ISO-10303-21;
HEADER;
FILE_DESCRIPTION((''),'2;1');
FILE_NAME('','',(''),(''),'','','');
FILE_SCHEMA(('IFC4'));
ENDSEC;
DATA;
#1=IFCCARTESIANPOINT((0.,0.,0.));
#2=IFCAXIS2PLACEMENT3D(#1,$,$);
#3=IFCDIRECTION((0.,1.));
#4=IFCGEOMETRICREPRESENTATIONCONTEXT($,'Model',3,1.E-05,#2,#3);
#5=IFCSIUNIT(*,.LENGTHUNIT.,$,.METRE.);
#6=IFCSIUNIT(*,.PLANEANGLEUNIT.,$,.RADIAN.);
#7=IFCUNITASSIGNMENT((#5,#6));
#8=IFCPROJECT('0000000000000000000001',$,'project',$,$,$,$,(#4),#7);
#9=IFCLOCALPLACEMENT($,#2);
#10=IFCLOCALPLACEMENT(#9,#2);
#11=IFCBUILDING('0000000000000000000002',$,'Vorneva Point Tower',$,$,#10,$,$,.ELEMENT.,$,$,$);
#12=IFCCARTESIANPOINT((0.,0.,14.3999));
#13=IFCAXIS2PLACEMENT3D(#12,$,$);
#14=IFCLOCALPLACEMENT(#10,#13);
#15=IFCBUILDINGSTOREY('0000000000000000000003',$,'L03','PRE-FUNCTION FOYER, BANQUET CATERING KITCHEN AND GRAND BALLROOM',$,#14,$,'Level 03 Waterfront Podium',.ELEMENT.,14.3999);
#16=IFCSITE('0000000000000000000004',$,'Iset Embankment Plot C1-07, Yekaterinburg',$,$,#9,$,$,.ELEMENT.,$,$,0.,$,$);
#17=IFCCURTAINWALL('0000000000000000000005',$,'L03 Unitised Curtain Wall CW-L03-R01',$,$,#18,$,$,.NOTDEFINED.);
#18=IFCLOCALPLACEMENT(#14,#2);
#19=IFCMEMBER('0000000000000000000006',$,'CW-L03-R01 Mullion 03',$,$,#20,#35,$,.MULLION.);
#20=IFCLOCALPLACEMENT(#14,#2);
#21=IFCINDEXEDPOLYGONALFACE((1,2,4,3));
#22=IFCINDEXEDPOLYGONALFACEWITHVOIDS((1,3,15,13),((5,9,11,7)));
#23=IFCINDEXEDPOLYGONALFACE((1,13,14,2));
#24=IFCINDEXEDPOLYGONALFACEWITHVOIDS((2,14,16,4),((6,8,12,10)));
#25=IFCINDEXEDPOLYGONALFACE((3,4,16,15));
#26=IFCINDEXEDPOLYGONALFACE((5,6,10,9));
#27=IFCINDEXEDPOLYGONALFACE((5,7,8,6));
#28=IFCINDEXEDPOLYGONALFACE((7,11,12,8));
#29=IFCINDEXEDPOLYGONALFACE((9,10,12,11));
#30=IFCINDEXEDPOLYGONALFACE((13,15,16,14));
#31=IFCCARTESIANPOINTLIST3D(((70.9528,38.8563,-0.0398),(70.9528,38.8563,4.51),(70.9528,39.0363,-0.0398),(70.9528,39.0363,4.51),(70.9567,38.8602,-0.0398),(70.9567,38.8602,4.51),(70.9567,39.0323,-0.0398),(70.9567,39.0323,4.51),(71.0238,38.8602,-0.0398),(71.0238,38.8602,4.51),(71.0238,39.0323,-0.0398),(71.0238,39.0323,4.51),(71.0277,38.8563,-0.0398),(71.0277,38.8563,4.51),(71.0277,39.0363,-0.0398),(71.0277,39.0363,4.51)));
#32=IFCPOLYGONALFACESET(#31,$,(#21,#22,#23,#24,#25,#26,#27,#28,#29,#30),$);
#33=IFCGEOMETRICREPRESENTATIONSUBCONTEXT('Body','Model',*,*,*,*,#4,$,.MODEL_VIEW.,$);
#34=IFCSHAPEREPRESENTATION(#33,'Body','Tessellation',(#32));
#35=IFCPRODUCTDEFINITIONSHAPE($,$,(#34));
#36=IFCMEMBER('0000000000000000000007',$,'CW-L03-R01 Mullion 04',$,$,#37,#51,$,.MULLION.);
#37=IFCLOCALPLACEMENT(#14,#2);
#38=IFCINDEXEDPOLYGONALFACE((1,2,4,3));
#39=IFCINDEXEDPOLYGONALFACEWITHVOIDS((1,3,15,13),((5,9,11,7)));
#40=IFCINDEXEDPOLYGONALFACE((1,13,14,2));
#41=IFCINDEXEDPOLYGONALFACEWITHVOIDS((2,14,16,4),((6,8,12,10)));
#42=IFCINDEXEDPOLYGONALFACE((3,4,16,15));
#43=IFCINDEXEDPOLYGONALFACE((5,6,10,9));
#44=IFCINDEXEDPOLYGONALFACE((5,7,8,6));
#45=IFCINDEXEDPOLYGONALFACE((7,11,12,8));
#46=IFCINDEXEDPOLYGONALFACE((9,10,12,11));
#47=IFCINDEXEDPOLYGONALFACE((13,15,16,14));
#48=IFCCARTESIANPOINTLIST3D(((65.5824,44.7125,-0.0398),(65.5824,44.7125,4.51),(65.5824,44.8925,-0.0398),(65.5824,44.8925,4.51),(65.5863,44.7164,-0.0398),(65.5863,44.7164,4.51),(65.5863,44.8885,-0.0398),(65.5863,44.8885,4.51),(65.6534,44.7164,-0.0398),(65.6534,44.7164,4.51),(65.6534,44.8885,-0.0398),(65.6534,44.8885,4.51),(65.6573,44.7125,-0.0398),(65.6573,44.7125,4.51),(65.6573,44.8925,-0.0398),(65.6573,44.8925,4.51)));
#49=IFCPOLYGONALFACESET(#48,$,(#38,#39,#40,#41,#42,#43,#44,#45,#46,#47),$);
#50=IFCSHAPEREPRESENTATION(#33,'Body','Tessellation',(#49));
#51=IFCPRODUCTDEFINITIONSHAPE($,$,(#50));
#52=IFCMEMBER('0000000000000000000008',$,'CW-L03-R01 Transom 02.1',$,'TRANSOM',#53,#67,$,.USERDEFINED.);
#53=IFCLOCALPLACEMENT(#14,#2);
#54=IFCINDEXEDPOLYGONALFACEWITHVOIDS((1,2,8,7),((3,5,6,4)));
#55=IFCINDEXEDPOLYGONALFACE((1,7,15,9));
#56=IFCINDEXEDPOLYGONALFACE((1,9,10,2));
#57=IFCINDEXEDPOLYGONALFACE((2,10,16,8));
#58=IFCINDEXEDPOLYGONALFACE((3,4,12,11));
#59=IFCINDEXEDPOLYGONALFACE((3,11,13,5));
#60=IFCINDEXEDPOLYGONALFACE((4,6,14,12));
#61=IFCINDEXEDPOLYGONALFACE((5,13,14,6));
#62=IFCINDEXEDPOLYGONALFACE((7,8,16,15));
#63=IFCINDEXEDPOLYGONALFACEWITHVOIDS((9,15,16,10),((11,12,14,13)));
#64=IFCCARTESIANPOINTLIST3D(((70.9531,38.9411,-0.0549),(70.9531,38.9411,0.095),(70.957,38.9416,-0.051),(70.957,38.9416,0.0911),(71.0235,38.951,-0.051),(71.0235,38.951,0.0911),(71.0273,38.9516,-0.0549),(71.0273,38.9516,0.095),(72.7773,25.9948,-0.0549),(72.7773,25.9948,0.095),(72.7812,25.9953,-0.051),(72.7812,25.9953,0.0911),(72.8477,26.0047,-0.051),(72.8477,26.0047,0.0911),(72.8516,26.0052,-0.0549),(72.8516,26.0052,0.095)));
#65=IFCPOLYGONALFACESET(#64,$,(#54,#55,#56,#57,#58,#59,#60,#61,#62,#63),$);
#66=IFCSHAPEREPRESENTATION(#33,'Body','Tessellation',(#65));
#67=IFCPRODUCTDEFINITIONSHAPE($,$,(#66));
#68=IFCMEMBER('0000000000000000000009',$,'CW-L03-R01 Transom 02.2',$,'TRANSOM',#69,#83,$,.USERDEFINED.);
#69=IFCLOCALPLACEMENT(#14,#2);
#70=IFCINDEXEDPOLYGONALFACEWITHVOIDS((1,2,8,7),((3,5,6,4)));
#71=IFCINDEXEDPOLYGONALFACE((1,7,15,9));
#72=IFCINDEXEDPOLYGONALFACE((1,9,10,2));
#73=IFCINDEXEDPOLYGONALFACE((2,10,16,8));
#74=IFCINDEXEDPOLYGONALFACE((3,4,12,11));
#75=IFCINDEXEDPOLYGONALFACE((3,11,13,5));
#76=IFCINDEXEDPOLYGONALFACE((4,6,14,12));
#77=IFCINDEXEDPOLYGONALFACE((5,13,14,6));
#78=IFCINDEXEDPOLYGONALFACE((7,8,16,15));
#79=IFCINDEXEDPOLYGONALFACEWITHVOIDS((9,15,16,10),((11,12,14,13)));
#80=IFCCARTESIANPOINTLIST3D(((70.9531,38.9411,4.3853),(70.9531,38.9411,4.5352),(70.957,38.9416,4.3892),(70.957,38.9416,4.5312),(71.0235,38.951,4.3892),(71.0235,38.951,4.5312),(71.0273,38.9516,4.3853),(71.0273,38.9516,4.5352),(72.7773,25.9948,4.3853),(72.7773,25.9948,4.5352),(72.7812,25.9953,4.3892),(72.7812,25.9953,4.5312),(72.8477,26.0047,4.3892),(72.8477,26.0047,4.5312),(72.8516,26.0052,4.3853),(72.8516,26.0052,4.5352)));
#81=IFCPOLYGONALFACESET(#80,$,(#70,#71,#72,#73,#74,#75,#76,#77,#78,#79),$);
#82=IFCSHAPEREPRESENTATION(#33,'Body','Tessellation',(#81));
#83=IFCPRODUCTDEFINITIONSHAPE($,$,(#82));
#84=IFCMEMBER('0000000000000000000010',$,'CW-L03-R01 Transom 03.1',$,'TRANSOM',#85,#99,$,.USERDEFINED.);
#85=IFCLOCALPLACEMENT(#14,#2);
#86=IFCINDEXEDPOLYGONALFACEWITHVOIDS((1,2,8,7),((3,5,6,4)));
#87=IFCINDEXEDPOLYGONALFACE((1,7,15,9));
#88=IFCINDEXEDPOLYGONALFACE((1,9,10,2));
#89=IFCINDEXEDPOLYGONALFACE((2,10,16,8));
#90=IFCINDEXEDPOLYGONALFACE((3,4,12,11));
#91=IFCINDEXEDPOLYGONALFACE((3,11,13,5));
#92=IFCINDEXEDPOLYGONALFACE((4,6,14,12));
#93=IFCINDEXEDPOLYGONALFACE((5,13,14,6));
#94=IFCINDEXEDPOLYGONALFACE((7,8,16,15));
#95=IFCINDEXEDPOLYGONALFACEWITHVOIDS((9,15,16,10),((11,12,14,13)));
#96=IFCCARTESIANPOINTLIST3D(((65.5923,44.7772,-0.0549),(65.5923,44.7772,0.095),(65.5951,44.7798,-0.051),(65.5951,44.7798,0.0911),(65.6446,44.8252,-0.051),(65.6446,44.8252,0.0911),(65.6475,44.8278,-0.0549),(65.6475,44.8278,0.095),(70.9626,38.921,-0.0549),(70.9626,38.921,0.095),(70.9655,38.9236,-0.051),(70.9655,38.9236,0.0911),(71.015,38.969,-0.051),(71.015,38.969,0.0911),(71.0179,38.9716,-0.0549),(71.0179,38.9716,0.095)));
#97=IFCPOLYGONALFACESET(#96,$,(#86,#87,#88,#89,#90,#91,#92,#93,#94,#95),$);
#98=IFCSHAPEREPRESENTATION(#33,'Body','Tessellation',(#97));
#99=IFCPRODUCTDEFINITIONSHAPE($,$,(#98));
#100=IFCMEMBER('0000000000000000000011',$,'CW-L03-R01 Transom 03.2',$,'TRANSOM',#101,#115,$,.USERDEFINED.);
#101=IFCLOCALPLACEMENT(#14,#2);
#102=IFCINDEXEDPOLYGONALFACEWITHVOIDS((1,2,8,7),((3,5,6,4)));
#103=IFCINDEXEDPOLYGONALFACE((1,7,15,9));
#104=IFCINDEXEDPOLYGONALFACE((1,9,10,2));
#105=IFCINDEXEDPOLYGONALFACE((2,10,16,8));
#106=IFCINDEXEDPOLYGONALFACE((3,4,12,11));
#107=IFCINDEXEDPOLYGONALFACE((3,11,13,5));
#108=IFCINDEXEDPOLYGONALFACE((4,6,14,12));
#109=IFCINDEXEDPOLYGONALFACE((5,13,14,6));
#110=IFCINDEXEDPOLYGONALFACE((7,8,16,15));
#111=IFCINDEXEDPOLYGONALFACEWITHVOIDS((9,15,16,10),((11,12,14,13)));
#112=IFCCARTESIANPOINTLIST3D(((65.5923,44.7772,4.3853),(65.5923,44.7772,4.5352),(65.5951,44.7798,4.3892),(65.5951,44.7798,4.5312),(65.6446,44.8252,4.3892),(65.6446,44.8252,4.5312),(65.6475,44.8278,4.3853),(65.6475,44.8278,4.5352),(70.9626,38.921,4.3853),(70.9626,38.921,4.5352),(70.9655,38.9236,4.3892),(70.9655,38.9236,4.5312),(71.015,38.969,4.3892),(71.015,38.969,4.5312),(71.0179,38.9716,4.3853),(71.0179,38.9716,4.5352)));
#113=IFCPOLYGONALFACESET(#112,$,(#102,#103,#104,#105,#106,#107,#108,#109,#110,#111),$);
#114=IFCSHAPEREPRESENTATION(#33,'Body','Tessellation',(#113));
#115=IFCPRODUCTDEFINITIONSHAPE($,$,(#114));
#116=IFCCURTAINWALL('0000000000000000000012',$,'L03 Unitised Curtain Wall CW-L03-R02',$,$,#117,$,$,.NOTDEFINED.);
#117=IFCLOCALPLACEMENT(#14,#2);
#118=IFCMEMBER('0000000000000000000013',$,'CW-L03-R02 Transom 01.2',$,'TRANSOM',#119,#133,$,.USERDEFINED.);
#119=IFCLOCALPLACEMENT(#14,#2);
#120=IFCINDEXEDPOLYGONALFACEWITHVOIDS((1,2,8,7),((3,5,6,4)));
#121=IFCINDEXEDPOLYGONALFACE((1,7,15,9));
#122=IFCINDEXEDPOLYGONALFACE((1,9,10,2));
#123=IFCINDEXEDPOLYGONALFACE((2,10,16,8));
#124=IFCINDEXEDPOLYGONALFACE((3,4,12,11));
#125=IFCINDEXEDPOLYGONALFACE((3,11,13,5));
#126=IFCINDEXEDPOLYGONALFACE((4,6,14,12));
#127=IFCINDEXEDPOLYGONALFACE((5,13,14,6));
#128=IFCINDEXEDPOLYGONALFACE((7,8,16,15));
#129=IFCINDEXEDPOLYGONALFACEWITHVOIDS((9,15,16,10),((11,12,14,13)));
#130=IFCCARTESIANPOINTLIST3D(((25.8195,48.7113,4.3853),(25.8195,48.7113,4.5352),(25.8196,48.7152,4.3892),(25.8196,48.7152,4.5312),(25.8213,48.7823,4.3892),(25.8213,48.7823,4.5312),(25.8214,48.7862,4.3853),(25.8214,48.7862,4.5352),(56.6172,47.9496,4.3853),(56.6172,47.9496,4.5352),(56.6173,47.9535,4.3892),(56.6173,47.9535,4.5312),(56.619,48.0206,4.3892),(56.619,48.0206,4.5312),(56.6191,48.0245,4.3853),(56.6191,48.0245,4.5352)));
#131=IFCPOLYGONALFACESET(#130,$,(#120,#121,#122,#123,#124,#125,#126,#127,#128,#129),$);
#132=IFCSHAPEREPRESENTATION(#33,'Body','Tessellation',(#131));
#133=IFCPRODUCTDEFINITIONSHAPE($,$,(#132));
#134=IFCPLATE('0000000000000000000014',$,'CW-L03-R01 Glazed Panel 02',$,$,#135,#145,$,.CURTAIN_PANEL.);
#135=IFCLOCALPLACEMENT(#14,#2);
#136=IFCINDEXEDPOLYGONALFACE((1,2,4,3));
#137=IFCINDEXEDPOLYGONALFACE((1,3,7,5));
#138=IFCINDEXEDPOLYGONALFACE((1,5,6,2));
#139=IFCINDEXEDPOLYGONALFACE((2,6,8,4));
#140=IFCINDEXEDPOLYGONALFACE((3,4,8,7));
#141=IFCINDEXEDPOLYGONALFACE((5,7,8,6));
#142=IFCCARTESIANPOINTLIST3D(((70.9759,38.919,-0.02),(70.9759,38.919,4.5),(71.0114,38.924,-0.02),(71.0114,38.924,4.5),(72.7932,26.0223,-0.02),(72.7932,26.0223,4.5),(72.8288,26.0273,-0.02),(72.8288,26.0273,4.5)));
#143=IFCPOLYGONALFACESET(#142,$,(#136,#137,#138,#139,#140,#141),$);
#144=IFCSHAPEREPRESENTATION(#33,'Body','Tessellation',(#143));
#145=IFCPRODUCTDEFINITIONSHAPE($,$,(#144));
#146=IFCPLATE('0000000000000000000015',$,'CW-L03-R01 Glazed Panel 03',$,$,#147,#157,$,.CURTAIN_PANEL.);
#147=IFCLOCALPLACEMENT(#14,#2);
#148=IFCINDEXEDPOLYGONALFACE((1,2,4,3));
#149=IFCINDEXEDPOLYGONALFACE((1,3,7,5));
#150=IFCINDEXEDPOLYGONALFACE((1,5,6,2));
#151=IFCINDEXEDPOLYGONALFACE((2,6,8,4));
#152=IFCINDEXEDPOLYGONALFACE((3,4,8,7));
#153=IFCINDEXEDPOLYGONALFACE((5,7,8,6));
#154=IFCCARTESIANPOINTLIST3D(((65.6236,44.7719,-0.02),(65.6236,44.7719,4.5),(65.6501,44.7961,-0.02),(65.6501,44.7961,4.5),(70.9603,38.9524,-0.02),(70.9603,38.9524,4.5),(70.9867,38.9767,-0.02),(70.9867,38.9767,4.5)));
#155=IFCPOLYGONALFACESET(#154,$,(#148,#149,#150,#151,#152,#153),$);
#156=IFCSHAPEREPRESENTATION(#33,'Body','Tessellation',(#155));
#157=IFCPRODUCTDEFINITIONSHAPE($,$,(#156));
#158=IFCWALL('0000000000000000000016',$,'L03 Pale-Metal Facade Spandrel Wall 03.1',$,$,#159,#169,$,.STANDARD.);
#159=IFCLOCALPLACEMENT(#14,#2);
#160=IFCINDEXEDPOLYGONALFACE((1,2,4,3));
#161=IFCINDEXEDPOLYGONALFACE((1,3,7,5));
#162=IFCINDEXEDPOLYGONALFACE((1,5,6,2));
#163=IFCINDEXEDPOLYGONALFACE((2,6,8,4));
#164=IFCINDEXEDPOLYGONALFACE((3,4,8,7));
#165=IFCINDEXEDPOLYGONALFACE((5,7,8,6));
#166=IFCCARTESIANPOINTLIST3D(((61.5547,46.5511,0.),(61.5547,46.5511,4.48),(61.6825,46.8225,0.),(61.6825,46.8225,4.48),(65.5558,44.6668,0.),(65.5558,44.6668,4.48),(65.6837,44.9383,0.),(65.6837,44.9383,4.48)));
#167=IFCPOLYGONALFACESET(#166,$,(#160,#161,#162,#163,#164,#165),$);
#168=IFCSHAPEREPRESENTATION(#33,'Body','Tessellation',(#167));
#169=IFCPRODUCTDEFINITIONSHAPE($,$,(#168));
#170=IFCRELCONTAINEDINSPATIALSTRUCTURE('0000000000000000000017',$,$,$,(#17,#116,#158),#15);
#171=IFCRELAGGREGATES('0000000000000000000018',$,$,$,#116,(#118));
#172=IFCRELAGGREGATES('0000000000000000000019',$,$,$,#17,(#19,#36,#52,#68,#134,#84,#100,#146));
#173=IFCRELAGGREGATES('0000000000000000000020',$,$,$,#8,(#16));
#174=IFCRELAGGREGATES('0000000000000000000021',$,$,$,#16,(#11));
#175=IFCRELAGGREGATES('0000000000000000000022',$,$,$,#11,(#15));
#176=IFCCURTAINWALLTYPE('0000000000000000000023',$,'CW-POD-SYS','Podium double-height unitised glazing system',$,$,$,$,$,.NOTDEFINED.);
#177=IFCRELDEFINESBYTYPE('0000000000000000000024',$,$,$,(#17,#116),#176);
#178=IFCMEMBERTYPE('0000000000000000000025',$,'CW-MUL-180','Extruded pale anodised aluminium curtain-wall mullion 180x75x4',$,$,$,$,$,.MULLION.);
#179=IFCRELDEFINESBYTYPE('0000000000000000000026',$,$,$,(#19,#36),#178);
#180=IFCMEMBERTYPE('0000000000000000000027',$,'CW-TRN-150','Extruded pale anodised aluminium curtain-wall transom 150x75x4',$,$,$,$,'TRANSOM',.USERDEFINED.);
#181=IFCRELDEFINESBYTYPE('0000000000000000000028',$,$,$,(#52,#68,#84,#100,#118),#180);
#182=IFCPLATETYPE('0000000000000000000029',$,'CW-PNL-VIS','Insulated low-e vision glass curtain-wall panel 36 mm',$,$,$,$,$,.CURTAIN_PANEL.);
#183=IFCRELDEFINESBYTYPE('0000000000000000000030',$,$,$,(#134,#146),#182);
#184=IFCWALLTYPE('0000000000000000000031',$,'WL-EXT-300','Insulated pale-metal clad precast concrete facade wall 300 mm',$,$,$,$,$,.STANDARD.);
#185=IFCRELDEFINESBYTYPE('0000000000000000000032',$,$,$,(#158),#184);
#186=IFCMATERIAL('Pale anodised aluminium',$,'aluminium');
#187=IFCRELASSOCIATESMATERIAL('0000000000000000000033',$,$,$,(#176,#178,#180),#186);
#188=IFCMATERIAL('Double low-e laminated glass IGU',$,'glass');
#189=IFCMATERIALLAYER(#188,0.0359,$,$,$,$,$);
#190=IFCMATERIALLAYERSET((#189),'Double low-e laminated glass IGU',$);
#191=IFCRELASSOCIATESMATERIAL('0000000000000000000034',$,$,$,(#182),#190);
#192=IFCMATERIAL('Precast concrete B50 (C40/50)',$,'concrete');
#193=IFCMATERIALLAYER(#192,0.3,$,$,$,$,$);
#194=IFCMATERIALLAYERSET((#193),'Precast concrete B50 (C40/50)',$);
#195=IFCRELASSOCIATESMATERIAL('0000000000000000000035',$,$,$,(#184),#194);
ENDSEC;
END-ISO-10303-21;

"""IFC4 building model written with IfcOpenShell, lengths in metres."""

from ifc_helpers import new_model, si_unit, direction, frame, frame_2d, origin, origin_2d, place, context, subcontext, project, spatial, rectangle, hollow_rectangle, extrude, material, layer, layer_set, material_profile, profile_set, type_object, element, aggregate, save


model = new_model("IFC4")

# Units and contexts
model_context = context("Model", 3, precision=1e-05, world=origin(), true_north=direction((0.0, 1.0)))
body_context = subcontext(model_context, "Body", "Model", "MODEL_VIEW")
ifc_project = project(units=[si_unit("LENGTHUNIT", "METRE"), si_unit("PLANEANGLEUNIT", "RADIAN")], contexts=[model_context])

# Site, building, storey
site_placement = place(None, origin())
site = spatial("IfcSite", under=ifc_project, at=site_placement, Name="Iset Embankment Plot C1-07, Yekaterinburg", CompositionType="ELEMENT", RefElevation=0.0)
building_placement = place(site_placement, origin())
building = spatial("IfcBuilding", under=site, at=building_placement, Name="Vorneva Point Tower", CompositionType="ELEMENT")
storey_placement = place(building_placement, frame((0.0, 0.0, 14.3999)))
storey = spatial("IfcBuildingStorey", under=building, at=storey_placement, Name="L03", Description="PRE-FUNCTION FOYER, BANQUET CATERING KITCHEN AND GRAND BALLROOM", LongName="Level 03 Waterfront Podium", CompositionType="ELEMENT", Elevation=14.3999)

# Curtain wall, members
ifc_material_1 = material(Name="Pale anodised aluminium", Category="aluminium")
curtain_wall_type = type_object("IfcCurtainWallType", Name="CW-POD-SYS", Description="Podium double-height unitised glazing system", PredefinedType="NOTDEFINED", material=ifc_material_1)
curtain_wall_1_placement = place(storey_placement, origin())
curtain_wall_1 = element("IfcCurtainWall", 1, at=curtain_wall_1_placement, inside=storey, type_object=curtain_wall_type, Name="L03 Unitised Curtain Wall CW-L03-R01", PredefinedType="NOTDEFINED")
ifc_material_profile_1 = material_profile(ifc_material_1, hollow_rectangle(XDim=0.075, YDim=0.1799, WallThickness=0.0039, at=origin_2d()), Name="AL-MUL 180x75x4")
ifc_profile_set_1 = profile_set([ifc_material_profile_1], Name="Pale anodised aluminium")
member_type_1 = type_object("IfcMemberType", Name="CW-MUL-180", Description="Extruded pale anodised aluminium curtain-wall mullion 180x75x4", PredefinedType="MULLION", material=ifc_profile_set_1)
member_1_placement = place(storey_placement, frame((70.9902, 38.9463, -0.0398), z_axis=(0.0, 0.0, 1.0), x_axis=(1.0, 0.0, 0.0)))
member_1 = element("IfcMember", 2, at=member_1_placement, type_object=member_type_1, Name="CW-L03-R01 Mullion 03", PredefinedType="MULLION", context=body_context, shape_type="SweptSolid", body=[
    extrude(hollow_rectangle(XDim=0.075, YDim=0.1799, WallThickness=0.0039, at=origin_2d()), origin(), (0.0, 0.0, 1.0), 4.5498),
])
member_2_placement = place(storey_placement, frame((65.6199, 44.8025, -0.0398), z_axis=(0.0, 0.0, 1.0), x_axis=(1.0, 0.0, 0.0)))
member_2 = element("IfcMember", 3, at=member_2_placement, type_object=member_type_1, Name="CW-L03-R01 Mullion 04", PredefinedType="MULLION", context=body_context, shape_type="SweptSolid", body=[
    extrude(hollow_rectangle(XDim=0.075, YDim=0.1799, WallThickness=0.0039, at=origin_2d()), origin(), (0.0, 0.0, 1.0), 4.5498),
])
ifc_material_profile_2 = material_profile(ifc_material_1, hollow_rectangle(XDim=0.075, YDim=0.1499, WallThickness=0.0039, at=origin_2d()), Name="AL-TRN 150x75x4")
ifc_profile_set_2 = profile_set([ifc_material_profile_2], Name="Pale anodised aluminium")
member_type_2 = type_object("IfcMemberType", Name="CW-TRN-150", Description="Extruded pale anodised aluminium curtain-wall transom 150x75x4", ElementType="TRANSOM", PredefinedType="USERDEFINED", material=ifc_profile_set_2)
member_3_placement = place(storey_placement, frame((72.8145, 26.0, 0.02), z_axis=(-0.139528, 0.990218, 0.0), x_axis=(-0.990218, -0.139528, 0.0)))
member_3 = element("IfcMember", 4, at=member_3_placement, type_object=member_type_2, Name="CW-L03-R01 Transom 02.1", ObjectType="TRANSOM", PredefinedType="USERDEFINED", context=body_context, shape_type="SweptSolid", body=[
    extrude(hollow_rectangle(XDim=0.075, YDim=0.1499, WallThickness=0.0039, at=origin_2d()), origin(), (0.0, 0.0, 1.0), 13.0742),
])
member_4_placement = place(storey_placement, frame((72.8145, 26.0, 4.4602), z_axis=(-0.139528, 0.990218, 0.0), x_axis=(-0.990218, -0.139528, 0.0)))
member_4 = element("IfcMember", 5, at=member_4_placement, type_object=member_type_2, Name="CW-L03-R01 Transom 02.2", ObjectType="TRANSOM", PredefinedType="USERDEFINED", context=body_context, shape_type="SweptSolid", body=[
    extrude(hollow_rectangle(XDim=0.075, YDim=0.1499, WallThickness=0.0039, at=origin_2d()), origin(), (0.0, 0.0, 1.0), 13.0742),
])
member_5_placement = place(storey_placement, frame((70.9902, 38.9463, 0.02), z_axis=(-0.675873, 0.737018, 0.0), x_axis=(-0.737018, -0.675873, 0.0)))
member_5 = element("IfcMember", 6, at=member_5_placement, type_object=member_type_2, Name="CW-L03-R01 Transom 03.1", ObjectType="TRANSOM", PredefinedType="USERDEFINED", context=body_context, shape_type="SweptSolid", body=[
    extrude(hollow_rectangle(XDim=0.075, YDim=0.1499, WallThickness=0.0039, at=origin_2d()), origin(), (0.0, 0.0, 1.0), 7.9458),
])
member_6_placement = place(storey_placement, frame((70.9902, 38.9463, 4.4602), z_axis=(-0.675873, 0.737018, 0.0), x_axis=(-0.737018, -0.675873, 0.0)))
member_6 = element("IfcMember", 7, at=member_6_placement, type_object=member_type_2, Name="CW-L03-R01 Transom 03.2", ObjectType="TRANSOM", PredefinedType="USERDEFINED", context=body_context, shape_type="SweptSolid", body=[
    extrude(hollow_rectangle(XDim=0.075, YDim=0.1499, WallThickness=0.0039, at=origin_2d()), origin(), (0.0, 0.0, 1.0), 7.9458),
])

# Curtain wall, member
curtain_wall_2_placement = place(storey_placement, origin())
curtain_wall_2 = element("IfcCurtainWall", 8, at=curtain_wall_2_placement, inside=storey, type_object=curtain_wall_type, Name="L03 Unitised Curtain Wall CW-L03-R02", PredefinedType="NOTDEFINED")
member_7_placement = place(storey_placement, frame((56.6182, 47.9871, 4.4602), z_axis=(-0.999694, 0.024725, 0.0), x_axis=(-0.024725, -0.999694, 0.0)))
member_7 = element("IfcMember", 9, at=member_7_placement, type_object=member_type_2, Name="CW-L03-R02 Transom 01.2", ObjectType="TRANSOM", PredefinedType="USERDEFINED", context=body_context, shape_type="SweptSolid", body=[
    extrude(hollow_rectangle(XDim=0.075, YDim=0.1499, WallThickness=0.0039, at=origin_2d()), origin(), (0.0, 0.0, 1.0), 30.8071),
])
aggregate(curtain_wall_2, [member_7])

# Plates
ifc_material_2 = material(Name="Double low-e laminated glass IGU", Category="glass")
ifc_layer_1 = layer(ifc_material_2, 0.0359)
ifc_layer_set_1 = layer_set([ifc_layer_1], Name="Double low-e laminated glass IGU")
plate_type = type_object("IfcPlateType", Name="CW-PNL-VIS", Description="Insulated low-e vision glass curtain-wall panel 36 mm", PredefinedType="CURTAIN_PANEL", material=ifc_layer_set_1)
plate_1_placement = place(storey_placement, frame((71.9023, 32.4731, -0.02), z_axis=(0.0, 0.0, 1.0), x_axis=(-0.139536, 0.990217, 0.0)))
plate_1 = element("IfcPlate", 10, at=plate_1_placement, type_object=plate_type, Name="CW-L03-R01 Glazed Panel 02", PredefinedType="CURTAIN_PANEL", context=body_context, shape_type="SweptSolid", body=[
    extrude(rectangle(XDim=13.0242, YDim=0.0359, at=origin_2d()), origin(), (0.0, 0.0, 1.0), 4.52),
])
plate_2_placement = place(storey_placement, frame((68.3052, 41.8743, -0.02), z_axis=(0.0, 0.0, 1.0), x_axis=(-0.675873, 0.737018, 0.0)))
plate_2 = element("IfcPlate", 11, at=plate_2_placement, type_object=plate_type, Name="CW-L03-R01 Glazed Panel 03", PredefinedType="CURTAIN_PANEL", context=body_context, shape_type="SweptSolid", body=[
    extrude(rectangle(XDim=7.896, YDim=0.0359, at=origin_2d()), origin(), (0.0, 0.0, 1.0), 4.52),
])
aggregate(curtain_wall_1, [member_1, member_2, member_3, member_4, plate_1, member_5, member_6, plate_2])

# Wall
ifc_material_3 = material(Name="Precast concrete B50 (C40/50)", Category="concrete")
ifc_layer_2 = layer(ifc_material_3, 0.3)
ifc_layer_set_2 = layer_set([ifc_layer_2], Name="Precast concrete B50 (C40/50)")
wall_type_1 = type_object("IfcWallType", Name="WL-EXT-300", Description="Insulated pale-metal clad precast concrete facade wall 300 mm", PredefinedType="STANDARD", material=ifc_layer_set_2)
wall_1_placement = place(storey_placement, frame((65.6199, 44.8025, 0.0), z_axis=(0.0, 0.0, 1.0), x_axis=(-0.904701, 0.426047, 0.0)))
element("IfcWall", 12, at=wall_1_placement, inside=storey, type_object=wall_type_1, Name="L03 Pale-Metal Facade Spandrel Wall 03.1", PredefinedType="STANDARD", context=body_context, shape_type="SweptSolid", body=[
    extrude(rectangle(XDim=4.4226, YDim=0.3, at=frame_2d((2.2114, 0.0))), origin(), (0.0, 0.0, 1.0), 4.48),
])

save(model, "model.ifc")
